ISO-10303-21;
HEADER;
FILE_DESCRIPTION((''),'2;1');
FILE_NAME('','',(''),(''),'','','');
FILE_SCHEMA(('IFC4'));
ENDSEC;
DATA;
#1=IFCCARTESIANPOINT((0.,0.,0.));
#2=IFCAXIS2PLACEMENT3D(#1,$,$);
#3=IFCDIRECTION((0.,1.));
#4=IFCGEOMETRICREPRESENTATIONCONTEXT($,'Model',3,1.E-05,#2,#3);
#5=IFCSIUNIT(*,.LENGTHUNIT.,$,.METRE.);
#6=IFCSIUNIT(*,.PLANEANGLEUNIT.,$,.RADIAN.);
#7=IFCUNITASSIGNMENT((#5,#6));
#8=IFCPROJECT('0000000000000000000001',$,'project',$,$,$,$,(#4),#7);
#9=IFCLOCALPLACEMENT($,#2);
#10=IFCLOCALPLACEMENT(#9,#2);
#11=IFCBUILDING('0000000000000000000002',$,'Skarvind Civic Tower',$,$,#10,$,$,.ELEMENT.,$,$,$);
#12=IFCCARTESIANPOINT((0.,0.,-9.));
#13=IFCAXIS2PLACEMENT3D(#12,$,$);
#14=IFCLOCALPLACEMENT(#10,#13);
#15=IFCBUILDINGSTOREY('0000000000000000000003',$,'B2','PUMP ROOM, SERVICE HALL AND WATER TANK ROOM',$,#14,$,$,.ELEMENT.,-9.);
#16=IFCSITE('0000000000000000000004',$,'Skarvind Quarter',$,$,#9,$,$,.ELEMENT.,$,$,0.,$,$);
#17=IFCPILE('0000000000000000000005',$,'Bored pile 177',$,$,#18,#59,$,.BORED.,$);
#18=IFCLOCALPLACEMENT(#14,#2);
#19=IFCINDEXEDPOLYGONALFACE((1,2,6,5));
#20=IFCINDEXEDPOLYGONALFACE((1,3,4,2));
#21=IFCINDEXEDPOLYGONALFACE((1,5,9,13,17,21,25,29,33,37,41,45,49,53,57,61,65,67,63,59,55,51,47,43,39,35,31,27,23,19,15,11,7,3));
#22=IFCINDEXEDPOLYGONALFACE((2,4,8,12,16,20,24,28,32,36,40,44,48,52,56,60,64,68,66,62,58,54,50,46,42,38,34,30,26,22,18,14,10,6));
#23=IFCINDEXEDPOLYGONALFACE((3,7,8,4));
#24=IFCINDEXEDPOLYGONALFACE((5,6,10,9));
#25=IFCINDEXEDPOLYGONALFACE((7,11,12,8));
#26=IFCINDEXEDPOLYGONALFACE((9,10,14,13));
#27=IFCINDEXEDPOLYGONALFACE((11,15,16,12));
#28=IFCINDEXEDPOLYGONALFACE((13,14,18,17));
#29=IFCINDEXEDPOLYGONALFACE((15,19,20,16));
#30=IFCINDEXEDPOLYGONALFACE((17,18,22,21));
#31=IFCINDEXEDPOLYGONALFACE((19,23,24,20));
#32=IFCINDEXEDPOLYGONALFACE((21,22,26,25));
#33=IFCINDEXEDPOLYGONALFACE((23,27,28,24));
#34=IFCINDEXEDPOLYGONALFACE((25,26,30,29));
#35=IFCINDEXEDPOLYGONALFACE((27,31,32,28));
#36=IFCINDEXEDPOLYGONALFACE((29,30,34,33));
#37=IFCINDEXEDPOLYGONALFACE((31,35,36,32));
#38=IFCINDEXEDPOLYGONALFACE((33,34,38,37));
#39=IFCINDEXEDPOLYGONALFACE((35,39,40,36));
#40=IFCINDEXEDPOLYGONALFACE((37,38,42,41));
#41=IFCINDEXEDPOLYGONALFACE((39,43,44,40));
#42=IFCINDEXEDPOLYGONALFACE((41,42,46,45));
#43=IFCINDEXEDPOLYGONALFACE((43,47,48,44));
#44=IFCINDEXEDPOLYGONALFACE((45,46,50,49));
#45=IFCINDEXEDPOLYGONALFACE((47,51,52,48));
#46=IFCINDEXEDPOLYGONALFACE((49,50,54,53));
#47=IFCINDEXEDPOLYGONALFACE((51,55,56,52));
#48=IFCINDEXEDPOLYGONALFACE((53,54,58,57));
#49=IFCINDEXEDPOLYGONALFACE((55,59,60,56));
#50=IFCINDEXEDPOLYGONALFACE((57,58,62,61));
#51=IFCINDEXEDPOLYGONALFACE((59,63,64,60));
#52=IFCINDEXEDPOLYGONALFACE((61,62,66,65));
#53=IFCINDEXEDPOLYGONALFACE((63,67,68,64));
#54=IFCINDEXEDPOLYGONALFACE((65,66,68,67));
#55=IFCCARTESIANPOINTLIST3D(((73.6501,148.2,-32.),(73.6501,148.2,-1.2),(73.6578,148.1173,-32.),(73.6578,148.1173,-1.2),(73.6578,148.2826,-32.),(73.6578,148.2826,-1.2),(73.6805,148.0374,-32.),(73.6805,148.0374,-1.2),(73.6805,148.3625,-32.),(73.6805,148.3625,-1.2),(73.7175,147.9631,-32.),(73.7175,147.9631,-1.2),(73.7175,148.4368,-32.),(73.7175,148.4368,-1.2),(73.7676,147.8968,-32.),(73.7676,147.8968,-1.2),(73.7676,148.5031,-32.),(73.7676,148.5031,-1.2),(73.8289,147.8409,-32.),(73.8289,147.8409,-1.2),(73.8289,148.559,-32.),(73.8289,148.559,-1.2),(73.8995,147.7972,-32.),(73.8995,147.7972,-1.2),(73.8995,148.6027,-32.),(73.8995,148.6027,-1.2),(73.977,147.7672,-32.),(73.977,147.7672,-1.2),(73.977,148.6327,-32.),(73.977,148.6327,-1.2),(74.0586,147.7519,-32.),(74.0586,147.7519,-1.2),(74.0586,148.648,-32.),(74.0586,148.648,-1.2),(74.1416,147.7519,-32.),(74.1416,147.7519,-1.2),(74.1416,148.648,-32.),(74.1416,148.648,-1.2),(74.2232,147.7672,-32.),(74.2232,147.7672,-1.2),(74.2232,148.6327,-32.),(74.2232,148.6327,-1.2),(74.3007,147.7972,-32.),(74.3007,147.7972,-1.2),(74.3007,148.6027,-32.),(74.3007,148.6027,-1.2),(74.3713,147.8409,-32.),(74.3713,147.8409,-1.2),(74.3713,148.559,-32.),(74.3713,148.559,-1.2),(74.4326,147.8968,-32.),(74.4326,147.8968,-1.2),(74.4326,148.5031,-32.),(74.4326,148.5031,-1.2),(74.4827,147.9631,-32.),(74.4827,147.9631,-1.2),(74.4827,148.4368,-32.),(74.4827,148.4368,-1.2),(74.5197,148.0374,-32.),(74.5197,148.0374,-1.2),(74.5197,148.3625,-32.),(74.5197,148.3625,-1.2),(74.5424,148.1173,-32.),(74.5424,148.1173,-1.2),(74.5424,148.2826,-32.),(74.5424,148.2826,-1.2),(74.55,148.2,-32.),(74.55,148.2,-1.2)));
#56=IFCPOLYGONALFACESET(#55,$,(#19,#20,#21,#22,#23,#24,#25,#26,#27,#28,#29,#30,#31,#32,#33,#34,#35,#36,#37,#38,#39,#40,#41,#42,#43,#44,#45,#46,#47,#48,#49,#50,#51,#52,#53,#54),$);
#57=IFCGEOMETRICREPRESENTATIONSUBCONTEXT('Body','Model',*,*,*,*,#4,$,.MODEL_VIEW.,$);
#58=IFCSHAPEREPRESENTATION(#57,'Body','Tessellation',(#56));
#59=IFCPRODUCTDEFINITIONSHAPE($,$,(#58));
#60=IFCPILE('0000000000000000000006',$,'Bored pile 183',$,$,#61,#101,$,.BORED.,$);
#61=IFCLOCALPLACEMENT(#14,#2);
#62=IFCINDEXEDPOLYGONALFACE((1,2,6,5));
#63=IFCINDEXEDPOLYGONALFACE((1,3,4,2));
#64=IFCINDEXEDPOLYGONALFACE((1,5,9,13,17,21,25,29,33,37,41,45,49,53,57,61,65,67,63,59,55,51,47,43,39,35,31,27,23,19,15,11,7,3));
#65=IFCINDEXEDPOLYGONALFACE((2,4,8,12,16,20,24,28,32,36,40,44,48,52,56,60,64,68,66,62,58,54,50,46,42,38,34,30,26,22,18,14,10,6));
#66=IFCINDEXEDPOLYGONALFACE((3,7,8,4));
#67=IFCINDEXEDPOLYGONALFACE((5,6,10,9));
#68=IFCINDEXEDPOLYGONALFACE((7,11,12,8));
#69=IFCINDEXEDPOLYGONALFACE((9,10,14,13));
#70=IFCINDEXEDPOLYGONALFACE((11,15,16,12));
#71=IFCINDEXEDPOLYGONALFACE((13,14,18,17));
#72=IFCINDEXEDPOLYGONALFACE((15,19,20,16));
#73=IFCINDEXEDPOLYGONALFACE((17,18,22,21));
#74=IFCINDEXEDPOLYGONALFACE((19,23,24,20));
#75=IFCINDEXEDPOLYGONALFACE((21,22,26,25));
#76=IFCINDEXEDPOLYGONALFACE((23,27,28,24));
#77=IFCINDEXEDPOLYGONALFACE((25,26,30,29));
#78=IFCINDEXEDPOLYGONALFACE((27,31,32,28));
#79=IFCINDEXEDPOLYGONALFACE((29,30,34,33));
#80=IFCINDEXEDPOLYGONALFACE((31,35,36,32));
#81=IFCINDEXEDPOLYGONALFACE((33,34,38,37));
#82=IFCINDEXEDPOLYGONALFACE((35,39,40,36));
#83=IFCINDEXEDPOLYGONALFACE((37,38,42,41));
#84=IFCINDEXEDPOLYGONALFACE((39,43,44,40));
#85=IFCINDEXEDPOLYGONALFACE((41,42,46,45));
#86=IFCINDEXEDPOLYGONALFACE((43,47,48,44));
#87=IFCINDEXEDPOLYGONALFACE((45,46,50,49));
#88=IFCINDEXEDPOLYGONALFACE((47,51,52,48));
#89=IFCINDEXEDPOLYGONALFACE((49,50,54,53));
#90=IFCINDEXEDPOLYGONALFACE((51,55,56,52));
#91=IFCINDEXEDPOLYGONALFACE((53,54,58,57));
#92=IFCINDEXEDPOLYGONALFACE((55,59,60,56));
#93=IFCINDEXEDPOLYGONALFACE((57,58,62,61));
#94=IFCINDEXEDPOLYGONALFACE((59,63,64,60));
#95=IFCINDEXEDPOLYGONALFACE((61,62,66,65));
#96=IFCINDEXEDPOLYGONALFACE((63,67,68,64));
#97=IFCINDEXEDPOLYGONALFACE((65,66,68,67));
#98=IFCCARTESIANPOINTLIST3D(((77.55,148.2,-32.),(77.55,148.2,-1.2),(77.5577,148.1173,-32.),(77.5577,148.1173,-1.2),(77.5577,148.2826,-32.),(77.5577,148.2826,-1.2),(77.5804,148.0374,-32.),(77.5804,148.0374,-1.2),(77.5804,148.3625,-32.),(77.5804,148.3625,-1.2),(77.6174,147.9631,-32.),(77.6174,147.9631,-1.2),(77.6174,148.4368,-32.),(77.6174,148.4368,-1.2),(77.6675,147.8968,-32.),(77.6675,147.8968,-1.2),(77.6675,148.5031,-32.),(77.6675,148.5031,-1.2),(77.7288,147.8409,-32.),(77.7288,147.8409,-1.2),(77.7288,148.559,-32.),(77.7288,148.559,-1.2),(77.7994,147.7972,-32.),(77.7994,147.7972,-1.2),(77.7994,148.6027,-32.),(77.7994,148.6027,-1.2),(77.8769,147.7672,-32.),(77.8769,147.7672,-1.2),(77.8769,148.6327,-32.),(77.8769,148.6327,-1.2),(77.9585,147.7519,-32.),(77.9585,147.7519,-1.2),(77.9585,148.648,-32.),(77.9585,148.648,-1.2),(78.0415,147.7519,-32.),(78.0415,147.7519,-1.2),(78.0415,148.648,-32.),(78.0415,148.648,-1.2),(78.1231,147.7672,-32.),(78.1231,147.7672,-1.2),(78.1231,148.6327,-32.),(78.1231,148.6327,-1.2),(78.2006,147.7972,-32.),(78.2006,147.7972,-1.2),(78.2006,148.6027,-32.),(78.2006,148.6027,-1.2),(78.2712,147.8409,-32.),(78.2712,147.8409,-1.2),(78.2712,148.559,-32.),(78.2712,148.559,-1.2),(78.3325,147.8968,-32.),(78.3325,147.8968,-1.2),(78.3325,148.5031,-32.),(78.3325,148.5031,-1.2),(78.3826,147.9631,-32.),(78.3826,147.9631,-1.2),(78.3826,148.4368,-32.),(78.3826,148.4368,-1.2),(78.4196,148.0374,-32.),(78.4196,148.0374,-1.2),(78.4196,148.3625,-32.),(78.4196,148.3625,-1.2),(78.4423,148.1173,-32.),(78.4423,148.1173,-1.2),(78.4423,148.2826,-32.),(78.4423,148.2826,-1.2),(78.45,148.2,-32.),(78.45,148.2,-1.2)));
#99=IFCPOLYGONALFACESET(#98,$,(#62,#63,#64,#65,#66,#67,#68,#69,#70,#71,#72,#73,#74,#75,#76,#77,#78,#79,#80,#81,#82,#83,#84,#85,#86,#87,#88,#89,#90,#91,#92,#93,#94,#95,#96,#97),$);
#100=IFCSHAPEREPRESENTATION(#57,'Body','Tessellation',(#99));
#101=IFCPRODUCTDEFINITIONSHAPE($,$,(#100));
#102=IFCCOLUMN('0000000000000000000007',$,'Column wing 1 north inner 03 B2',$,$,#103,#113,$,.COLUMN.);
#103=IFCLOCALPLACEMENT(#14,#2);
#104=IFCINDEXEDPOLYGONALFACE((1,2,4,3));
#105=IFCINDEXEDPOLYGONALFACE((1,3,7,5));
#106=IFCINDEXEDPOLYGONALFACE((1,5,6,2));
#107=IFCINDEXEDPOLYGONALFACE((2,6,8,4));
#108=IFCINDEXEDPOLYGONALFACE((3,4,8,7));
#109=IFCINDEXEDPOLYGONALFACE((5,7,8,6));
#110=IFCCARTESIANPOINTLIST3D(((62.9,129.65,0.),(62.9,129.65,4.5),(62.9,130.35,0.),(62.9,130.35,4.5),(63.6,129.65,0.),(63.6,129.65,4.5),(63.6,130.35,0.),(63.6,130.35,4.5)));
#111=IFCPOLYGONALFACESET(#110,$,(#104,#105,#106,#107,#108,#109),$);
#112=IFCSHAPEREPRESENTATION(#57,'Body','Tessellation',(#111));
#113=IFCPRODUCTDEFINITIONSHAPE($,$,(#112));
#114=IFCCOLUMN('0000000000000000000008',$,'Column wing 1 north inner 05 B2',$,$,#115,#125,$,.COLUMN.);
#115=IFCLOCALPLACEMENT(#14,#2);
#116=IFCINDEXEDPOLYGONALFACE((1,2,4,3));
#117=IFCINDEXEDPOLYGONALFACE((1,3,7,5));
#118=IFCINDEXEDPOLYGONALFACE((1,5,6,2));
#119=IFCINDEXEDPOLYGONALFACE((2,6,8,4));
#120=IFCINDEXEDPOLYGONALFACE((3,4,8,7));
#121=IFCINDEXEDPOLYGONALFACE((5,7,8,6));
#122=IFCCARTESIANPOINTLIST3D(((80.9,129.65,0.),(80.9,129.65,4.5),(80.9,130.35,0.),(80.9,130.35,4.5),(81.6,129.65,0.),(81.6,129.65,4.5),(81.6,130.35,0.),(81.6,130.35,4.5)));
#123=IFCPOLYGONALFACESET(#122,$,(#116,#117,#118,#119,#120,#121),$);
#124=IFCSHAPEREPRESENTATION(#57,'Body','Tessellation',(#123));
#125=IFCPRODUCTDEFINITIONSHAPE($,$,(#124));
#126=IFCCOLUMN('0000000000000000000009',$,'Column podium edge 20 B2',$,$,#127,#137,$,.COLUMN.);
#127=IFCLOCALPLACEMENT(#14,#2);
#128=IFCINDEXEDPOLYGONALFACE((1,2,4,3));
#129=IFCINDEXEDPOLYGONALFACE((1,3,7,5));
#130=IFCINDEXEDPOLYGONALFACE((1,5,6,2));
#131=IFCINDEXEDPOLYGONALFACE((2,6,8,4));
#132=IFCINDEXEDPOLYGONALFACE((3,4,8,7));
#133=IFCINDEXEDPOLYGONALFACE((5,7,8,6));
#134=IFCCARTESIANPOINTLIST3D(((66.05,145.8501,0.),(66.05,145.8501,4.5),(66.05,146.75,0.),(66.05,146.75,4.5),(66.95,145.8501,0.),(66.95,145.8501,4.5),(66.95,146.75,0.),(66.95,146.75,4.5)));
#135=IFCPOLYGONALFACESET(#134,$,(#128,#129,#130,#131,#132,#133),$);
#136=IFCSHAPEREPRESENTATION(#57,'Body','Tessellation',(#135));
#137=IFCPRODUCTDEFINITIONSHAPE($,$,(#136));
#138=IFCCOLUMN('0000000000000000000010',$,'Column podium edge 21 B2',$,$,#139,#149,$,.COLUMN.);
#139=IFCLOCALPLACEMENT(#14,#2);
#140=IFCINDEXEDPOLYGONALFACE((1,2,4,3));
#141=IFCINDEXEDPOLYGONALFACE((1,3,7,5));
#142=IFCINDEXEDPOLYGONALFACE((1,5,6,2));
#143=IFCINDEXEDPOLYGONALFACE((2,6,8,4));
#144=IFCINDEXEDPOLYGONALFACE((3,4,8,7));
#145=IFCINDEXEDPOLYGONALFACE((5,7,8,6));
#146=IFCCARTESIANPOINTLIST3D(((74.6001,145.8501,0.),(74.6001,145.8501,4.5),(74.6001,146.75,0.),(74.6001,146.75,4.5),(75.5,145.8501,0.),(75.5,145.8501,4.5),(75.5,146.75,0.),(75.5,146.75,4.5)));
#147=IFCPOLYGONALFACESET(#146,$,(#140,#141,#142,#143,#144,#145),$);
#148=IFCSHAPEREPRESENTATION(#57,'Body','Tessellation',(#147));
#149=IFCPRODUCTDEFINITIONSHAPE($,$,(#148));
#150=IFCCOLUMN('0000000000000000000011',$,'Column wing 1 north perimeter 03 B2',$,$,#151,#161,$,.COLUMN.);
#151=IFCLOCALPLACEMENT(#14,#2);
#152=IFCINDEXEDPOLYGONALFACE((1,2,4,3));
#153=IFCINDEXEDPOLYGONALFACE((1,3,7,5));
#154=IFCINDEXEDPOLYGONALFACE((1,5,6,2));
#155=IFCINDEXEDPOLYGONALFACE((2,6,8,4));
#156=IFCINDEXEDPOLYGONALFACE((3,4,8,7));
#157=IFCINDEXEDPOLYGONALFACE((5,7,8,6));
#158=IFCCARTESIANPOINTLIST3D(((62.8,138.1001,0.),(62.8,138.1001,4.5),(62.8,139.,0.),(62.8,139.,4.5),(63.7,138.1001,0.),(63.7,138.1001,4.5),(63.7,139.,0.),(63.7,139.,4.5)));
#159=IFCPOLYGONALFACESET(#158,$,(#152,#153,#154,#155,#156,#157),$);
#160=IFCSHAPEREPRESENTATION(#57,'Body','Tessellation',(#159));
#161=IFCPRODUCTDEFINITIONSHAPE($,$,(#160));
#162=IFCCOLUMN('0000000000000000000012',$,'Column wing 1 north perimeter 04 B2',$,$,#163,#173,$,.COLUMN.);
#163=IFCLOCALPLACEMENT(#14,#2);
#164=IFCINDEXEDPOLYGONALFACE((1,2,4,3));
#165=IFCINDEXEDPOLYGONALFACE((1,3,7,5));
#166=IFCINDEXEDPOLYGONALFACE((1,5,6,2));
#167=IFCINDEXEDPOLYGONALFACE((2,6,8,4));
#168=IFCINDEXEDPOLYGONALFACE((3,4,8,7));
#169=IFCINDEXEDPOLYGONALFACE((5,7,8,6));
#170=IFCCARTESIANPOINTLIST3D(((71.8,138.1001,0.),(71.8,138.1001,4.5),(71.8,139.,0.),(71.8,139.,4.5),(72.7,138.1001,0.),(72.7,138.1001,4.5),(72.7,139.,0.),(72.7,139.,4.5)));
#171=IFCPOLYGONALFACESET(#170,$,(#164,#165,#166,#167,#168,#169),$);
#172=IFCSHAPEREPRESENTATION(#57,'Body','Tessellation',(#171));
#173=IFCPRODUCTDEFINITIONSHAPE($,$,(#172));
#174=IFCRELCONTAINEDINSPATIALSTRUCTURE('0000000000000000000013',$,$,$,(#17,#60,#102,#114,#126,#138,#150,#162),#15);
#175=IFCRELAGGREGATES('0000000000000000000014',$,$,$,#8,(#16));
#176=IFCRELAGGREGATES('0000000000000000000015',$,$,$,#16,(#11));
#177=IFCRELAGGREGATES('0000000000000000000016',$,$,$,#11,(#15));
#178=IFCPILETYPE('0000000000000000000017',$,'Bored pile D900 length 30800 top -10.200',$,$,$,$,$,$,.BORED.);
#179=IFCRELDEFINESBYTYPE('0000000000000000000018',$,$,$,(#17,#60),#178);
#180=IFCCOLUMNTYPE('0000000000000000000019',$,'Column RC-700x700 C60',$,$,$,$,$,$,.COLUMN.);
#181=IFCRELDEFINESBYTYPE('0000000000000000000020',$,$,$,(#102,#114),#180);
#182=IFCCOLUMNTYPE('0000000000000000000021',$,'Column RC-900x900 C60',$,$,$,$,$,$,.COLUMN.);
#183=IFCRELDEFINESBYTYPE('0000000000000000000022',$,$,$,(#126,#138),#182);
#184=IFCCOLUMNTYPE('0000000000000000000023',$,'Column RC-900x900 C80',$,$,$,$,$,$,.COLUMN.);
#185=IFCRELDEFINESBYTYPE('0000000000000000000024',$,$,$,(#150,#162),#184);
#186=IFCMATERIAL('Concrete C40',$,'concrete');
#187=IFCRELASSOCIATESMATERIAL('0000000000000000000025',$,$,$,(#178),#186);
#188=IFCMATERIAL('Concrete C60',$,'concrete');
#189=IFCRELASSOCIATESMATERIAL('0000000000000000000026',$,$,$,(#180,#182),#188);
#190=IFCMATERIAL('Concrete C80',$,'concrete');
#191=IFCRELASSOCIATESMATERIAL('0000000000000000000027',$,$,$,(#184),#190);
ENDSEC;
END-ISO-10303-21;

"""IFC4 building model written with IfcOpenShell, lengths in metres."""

from ifc_helpers import new_model, si_unit, direction, frame, origin, origin_2d, place, context, subcontext, project, spatial, rectangle, circle, extrude, material, material_profile, profile_set, type_object, element, save


model = new_model("IFC4")

# Units and contexts
model_context = context("Model", 3, precision=1e-05, world=origin(), true_north=direction((0.0, 1.0)))
body_context = subcontext(model_context, "Body", "Model", "MODEL_VIEW")
ifc_project = project(units=[si_unit("LENGTHUNIT", "METRE"), si_unit("PLANEANGLEUNIT", "RADIAN")], contexts=[model_context])

# Site, building, storey
site_placement = place(None, origin())
site = spatial("IfcSite", under=ifc_project, at=site_placement, Name="Skarvind Quarter", CompositionType="ELEMENT", RefElevation=0.0)
building_placement = place(site_placement, origin())
building = spatial("IfcBuilding", under=site, at=building_placement, Name="Skarvind Civic Tower", CompositionType="ELEMENT")
storey_placement = place(building_placement, frame((0.0, 0.0, -9.0)))
storey = spatial("IfcBuildingStorey", under=building, at=storey_placement, Name="B2", Description="PUMP ROOM, SERVICE HALL AND WATER TANK ROOM", CompositionType="ELEMENT", Elevation=-9.0)

# Piles
ifc_material_1 = material(Name="Concrete C40", Category="concrete")
pile_type_1 = type_object("IfcPileType", Name="Bored pile D900 length 30800 top -10.200", PredefinedType="BORED", material=ifc_material_1)
for number, where, z_axis, x_axis, name in (
    (1, (74.1001, 148.2, -1.2), (0.0, 0.0, -1.0), (1.0, 0.0, 0.0), "Bored pile 177"),
    (2, (78.0, 148.2, -1.2), (0.0, 0.0, -1.0), (1.0, 0.0, 0.0), "Bored pile 183"),
):
    element("IfcPile", number, at=place(storey_placement, frame(where, z_axis=z_axis, x_axis=x_axis)), inside=storey, type_object=pile_type_1, Name=name, PredefinedType="BORED", context=body_context, shape_type="SweptSolid", body=[
        extrude(circle(Radius=0.45, at=origin_2d()), origin(), (0.0, 0.0, 1.0), 30.8),
    ])

# Columns
ifc_material_2 = material(Name="Concrete C60", Category="concrete")
ifc_material_profile_1 = material_profile(ifc_material_2, rectangle(XDim=0.7, YDim=0.7, at=origin_2d()), Name="RC-700x700")
ifc_profile_set_1 = profile_set([ifc_material_profile_1], Name="Concrete C60")
column_type_1 = type_object("IfcColumnType", Name="Column RC-700x700 C60", PredefinedType="COLUMN", material=ifc_profile_set_1)
for number, where, z_axis, x_axis, name in (
    (3, (63.25, 130.0, 0.0), (0.0, 0.0, 1.0), (1.0, 0.0, 0.0), "Column wing 1 north inner 03 B2"),
    (4, (81.25, 130.0, 0.0), (0.0, 0.0, 1.0), (1.0, 0.0, 0.0), "Column wing 1 north inner 05 B2"),
):
    element("IfcColumn", number, at=place(storey_placement, frame(where, z_axis=z_axis, x_axis=x_axis)), inside=storey, type_object=column_type_1, Name=name, PredefinedType="COLUMN", context=body_context, shape_type="SweptSolid", body=[
        extrude(rectangle(XDim=0.7, YDim=0.7, at=origin_2d()), origin(), (0.0, 0.0, 1.0), 4.5),
    ])
ifc_material_profile_2 = material_profile(ifc_material_2, rectangle(XDim=0.8999, YDim=0.8999, at=origin_2d()), Name="RC-900x900")
ifc_profile_set_2 = profile_set([ifc_material_profile_2], Name="Concrete C60")
column_type_2 = type_object("IfcColumnType", Name="Column RC-900x900 C60", PredefinedType="COLUMN", material=ifc_profile_set_2)
for number, where, z_axis, x_axis, name in (
    (5, (66.5, 146.3, 0.0), (0.0, 0.0, 1.0), (1.0, 0.0, 0.0), "Column podium edge 20 B2"),
    (6, (75.05, 146.3, 0.0), (0.0, 0.0, 1.0), (1.0, 0.0, 0.0), "Column podium edge 21 B2"),
):
    element("IfcColumn", number, at=place(storey_placement, frame(where, z_axis=z_axis, x_axis=x_axis)), inside=storey, type_object=column_type_2, Name=name, PredefinedType="COLUMN", context=body_context, shape_type="SweptSolid", body=[
        extrude(rectangle(XDim=0.8999, YDim=0.8999, at=origin_2d()), origin(), (0.0, 0.0, 1.0), 4.5),
    ])
ifc_material_3 = material(Name="Concrete C80", Category="concrete")
ifc_material_profile_3 = material_profile(ifc_material_3, rectangle(XDim=0.8999, YDim=0.8999, at=origin_2d()), Name="RC-900x900")
ifc_profile_set_3 = profile_set([ifc_material_profile_3], Name="Concrete C80")
column_type_3 = type_object("IfcColumnType", Name="Column RC-900x900 C80", PredefinedType="COLUMN", material=ifc_profile_set_3)
for number, where, z_axis, x_axis, name in (
    (7, (63.25, 138.55, 0.0), (0.0, 0.0, 1.0), (1.0, 0.0, 0.0), "Column wing 1 north perimeter 03 B2"),
    (8, (72.25, 138.55, 0.0), (0.0, 0.0, 1.0), (1.0, 0.0, 0.0), "Column wing 1 north perimeter 04 B2"),
):
    element("IfcColumn", number, at=place(storey_placement, frame(where, z_axis=z_axis, x_axis=x_axis)), inside=storey, type_object=column_type_3, Name=name, PredefinedType="COLUMN", context=body_context, shape_type="SweptSolid", body=[
        extrude(rectangle(XDim=0.8999, YDim=0.8999, at=origin_2d()), origin(), (0.0, 0.0, 1.0), 4.5),
    ])

save(model, "model.ifc")
